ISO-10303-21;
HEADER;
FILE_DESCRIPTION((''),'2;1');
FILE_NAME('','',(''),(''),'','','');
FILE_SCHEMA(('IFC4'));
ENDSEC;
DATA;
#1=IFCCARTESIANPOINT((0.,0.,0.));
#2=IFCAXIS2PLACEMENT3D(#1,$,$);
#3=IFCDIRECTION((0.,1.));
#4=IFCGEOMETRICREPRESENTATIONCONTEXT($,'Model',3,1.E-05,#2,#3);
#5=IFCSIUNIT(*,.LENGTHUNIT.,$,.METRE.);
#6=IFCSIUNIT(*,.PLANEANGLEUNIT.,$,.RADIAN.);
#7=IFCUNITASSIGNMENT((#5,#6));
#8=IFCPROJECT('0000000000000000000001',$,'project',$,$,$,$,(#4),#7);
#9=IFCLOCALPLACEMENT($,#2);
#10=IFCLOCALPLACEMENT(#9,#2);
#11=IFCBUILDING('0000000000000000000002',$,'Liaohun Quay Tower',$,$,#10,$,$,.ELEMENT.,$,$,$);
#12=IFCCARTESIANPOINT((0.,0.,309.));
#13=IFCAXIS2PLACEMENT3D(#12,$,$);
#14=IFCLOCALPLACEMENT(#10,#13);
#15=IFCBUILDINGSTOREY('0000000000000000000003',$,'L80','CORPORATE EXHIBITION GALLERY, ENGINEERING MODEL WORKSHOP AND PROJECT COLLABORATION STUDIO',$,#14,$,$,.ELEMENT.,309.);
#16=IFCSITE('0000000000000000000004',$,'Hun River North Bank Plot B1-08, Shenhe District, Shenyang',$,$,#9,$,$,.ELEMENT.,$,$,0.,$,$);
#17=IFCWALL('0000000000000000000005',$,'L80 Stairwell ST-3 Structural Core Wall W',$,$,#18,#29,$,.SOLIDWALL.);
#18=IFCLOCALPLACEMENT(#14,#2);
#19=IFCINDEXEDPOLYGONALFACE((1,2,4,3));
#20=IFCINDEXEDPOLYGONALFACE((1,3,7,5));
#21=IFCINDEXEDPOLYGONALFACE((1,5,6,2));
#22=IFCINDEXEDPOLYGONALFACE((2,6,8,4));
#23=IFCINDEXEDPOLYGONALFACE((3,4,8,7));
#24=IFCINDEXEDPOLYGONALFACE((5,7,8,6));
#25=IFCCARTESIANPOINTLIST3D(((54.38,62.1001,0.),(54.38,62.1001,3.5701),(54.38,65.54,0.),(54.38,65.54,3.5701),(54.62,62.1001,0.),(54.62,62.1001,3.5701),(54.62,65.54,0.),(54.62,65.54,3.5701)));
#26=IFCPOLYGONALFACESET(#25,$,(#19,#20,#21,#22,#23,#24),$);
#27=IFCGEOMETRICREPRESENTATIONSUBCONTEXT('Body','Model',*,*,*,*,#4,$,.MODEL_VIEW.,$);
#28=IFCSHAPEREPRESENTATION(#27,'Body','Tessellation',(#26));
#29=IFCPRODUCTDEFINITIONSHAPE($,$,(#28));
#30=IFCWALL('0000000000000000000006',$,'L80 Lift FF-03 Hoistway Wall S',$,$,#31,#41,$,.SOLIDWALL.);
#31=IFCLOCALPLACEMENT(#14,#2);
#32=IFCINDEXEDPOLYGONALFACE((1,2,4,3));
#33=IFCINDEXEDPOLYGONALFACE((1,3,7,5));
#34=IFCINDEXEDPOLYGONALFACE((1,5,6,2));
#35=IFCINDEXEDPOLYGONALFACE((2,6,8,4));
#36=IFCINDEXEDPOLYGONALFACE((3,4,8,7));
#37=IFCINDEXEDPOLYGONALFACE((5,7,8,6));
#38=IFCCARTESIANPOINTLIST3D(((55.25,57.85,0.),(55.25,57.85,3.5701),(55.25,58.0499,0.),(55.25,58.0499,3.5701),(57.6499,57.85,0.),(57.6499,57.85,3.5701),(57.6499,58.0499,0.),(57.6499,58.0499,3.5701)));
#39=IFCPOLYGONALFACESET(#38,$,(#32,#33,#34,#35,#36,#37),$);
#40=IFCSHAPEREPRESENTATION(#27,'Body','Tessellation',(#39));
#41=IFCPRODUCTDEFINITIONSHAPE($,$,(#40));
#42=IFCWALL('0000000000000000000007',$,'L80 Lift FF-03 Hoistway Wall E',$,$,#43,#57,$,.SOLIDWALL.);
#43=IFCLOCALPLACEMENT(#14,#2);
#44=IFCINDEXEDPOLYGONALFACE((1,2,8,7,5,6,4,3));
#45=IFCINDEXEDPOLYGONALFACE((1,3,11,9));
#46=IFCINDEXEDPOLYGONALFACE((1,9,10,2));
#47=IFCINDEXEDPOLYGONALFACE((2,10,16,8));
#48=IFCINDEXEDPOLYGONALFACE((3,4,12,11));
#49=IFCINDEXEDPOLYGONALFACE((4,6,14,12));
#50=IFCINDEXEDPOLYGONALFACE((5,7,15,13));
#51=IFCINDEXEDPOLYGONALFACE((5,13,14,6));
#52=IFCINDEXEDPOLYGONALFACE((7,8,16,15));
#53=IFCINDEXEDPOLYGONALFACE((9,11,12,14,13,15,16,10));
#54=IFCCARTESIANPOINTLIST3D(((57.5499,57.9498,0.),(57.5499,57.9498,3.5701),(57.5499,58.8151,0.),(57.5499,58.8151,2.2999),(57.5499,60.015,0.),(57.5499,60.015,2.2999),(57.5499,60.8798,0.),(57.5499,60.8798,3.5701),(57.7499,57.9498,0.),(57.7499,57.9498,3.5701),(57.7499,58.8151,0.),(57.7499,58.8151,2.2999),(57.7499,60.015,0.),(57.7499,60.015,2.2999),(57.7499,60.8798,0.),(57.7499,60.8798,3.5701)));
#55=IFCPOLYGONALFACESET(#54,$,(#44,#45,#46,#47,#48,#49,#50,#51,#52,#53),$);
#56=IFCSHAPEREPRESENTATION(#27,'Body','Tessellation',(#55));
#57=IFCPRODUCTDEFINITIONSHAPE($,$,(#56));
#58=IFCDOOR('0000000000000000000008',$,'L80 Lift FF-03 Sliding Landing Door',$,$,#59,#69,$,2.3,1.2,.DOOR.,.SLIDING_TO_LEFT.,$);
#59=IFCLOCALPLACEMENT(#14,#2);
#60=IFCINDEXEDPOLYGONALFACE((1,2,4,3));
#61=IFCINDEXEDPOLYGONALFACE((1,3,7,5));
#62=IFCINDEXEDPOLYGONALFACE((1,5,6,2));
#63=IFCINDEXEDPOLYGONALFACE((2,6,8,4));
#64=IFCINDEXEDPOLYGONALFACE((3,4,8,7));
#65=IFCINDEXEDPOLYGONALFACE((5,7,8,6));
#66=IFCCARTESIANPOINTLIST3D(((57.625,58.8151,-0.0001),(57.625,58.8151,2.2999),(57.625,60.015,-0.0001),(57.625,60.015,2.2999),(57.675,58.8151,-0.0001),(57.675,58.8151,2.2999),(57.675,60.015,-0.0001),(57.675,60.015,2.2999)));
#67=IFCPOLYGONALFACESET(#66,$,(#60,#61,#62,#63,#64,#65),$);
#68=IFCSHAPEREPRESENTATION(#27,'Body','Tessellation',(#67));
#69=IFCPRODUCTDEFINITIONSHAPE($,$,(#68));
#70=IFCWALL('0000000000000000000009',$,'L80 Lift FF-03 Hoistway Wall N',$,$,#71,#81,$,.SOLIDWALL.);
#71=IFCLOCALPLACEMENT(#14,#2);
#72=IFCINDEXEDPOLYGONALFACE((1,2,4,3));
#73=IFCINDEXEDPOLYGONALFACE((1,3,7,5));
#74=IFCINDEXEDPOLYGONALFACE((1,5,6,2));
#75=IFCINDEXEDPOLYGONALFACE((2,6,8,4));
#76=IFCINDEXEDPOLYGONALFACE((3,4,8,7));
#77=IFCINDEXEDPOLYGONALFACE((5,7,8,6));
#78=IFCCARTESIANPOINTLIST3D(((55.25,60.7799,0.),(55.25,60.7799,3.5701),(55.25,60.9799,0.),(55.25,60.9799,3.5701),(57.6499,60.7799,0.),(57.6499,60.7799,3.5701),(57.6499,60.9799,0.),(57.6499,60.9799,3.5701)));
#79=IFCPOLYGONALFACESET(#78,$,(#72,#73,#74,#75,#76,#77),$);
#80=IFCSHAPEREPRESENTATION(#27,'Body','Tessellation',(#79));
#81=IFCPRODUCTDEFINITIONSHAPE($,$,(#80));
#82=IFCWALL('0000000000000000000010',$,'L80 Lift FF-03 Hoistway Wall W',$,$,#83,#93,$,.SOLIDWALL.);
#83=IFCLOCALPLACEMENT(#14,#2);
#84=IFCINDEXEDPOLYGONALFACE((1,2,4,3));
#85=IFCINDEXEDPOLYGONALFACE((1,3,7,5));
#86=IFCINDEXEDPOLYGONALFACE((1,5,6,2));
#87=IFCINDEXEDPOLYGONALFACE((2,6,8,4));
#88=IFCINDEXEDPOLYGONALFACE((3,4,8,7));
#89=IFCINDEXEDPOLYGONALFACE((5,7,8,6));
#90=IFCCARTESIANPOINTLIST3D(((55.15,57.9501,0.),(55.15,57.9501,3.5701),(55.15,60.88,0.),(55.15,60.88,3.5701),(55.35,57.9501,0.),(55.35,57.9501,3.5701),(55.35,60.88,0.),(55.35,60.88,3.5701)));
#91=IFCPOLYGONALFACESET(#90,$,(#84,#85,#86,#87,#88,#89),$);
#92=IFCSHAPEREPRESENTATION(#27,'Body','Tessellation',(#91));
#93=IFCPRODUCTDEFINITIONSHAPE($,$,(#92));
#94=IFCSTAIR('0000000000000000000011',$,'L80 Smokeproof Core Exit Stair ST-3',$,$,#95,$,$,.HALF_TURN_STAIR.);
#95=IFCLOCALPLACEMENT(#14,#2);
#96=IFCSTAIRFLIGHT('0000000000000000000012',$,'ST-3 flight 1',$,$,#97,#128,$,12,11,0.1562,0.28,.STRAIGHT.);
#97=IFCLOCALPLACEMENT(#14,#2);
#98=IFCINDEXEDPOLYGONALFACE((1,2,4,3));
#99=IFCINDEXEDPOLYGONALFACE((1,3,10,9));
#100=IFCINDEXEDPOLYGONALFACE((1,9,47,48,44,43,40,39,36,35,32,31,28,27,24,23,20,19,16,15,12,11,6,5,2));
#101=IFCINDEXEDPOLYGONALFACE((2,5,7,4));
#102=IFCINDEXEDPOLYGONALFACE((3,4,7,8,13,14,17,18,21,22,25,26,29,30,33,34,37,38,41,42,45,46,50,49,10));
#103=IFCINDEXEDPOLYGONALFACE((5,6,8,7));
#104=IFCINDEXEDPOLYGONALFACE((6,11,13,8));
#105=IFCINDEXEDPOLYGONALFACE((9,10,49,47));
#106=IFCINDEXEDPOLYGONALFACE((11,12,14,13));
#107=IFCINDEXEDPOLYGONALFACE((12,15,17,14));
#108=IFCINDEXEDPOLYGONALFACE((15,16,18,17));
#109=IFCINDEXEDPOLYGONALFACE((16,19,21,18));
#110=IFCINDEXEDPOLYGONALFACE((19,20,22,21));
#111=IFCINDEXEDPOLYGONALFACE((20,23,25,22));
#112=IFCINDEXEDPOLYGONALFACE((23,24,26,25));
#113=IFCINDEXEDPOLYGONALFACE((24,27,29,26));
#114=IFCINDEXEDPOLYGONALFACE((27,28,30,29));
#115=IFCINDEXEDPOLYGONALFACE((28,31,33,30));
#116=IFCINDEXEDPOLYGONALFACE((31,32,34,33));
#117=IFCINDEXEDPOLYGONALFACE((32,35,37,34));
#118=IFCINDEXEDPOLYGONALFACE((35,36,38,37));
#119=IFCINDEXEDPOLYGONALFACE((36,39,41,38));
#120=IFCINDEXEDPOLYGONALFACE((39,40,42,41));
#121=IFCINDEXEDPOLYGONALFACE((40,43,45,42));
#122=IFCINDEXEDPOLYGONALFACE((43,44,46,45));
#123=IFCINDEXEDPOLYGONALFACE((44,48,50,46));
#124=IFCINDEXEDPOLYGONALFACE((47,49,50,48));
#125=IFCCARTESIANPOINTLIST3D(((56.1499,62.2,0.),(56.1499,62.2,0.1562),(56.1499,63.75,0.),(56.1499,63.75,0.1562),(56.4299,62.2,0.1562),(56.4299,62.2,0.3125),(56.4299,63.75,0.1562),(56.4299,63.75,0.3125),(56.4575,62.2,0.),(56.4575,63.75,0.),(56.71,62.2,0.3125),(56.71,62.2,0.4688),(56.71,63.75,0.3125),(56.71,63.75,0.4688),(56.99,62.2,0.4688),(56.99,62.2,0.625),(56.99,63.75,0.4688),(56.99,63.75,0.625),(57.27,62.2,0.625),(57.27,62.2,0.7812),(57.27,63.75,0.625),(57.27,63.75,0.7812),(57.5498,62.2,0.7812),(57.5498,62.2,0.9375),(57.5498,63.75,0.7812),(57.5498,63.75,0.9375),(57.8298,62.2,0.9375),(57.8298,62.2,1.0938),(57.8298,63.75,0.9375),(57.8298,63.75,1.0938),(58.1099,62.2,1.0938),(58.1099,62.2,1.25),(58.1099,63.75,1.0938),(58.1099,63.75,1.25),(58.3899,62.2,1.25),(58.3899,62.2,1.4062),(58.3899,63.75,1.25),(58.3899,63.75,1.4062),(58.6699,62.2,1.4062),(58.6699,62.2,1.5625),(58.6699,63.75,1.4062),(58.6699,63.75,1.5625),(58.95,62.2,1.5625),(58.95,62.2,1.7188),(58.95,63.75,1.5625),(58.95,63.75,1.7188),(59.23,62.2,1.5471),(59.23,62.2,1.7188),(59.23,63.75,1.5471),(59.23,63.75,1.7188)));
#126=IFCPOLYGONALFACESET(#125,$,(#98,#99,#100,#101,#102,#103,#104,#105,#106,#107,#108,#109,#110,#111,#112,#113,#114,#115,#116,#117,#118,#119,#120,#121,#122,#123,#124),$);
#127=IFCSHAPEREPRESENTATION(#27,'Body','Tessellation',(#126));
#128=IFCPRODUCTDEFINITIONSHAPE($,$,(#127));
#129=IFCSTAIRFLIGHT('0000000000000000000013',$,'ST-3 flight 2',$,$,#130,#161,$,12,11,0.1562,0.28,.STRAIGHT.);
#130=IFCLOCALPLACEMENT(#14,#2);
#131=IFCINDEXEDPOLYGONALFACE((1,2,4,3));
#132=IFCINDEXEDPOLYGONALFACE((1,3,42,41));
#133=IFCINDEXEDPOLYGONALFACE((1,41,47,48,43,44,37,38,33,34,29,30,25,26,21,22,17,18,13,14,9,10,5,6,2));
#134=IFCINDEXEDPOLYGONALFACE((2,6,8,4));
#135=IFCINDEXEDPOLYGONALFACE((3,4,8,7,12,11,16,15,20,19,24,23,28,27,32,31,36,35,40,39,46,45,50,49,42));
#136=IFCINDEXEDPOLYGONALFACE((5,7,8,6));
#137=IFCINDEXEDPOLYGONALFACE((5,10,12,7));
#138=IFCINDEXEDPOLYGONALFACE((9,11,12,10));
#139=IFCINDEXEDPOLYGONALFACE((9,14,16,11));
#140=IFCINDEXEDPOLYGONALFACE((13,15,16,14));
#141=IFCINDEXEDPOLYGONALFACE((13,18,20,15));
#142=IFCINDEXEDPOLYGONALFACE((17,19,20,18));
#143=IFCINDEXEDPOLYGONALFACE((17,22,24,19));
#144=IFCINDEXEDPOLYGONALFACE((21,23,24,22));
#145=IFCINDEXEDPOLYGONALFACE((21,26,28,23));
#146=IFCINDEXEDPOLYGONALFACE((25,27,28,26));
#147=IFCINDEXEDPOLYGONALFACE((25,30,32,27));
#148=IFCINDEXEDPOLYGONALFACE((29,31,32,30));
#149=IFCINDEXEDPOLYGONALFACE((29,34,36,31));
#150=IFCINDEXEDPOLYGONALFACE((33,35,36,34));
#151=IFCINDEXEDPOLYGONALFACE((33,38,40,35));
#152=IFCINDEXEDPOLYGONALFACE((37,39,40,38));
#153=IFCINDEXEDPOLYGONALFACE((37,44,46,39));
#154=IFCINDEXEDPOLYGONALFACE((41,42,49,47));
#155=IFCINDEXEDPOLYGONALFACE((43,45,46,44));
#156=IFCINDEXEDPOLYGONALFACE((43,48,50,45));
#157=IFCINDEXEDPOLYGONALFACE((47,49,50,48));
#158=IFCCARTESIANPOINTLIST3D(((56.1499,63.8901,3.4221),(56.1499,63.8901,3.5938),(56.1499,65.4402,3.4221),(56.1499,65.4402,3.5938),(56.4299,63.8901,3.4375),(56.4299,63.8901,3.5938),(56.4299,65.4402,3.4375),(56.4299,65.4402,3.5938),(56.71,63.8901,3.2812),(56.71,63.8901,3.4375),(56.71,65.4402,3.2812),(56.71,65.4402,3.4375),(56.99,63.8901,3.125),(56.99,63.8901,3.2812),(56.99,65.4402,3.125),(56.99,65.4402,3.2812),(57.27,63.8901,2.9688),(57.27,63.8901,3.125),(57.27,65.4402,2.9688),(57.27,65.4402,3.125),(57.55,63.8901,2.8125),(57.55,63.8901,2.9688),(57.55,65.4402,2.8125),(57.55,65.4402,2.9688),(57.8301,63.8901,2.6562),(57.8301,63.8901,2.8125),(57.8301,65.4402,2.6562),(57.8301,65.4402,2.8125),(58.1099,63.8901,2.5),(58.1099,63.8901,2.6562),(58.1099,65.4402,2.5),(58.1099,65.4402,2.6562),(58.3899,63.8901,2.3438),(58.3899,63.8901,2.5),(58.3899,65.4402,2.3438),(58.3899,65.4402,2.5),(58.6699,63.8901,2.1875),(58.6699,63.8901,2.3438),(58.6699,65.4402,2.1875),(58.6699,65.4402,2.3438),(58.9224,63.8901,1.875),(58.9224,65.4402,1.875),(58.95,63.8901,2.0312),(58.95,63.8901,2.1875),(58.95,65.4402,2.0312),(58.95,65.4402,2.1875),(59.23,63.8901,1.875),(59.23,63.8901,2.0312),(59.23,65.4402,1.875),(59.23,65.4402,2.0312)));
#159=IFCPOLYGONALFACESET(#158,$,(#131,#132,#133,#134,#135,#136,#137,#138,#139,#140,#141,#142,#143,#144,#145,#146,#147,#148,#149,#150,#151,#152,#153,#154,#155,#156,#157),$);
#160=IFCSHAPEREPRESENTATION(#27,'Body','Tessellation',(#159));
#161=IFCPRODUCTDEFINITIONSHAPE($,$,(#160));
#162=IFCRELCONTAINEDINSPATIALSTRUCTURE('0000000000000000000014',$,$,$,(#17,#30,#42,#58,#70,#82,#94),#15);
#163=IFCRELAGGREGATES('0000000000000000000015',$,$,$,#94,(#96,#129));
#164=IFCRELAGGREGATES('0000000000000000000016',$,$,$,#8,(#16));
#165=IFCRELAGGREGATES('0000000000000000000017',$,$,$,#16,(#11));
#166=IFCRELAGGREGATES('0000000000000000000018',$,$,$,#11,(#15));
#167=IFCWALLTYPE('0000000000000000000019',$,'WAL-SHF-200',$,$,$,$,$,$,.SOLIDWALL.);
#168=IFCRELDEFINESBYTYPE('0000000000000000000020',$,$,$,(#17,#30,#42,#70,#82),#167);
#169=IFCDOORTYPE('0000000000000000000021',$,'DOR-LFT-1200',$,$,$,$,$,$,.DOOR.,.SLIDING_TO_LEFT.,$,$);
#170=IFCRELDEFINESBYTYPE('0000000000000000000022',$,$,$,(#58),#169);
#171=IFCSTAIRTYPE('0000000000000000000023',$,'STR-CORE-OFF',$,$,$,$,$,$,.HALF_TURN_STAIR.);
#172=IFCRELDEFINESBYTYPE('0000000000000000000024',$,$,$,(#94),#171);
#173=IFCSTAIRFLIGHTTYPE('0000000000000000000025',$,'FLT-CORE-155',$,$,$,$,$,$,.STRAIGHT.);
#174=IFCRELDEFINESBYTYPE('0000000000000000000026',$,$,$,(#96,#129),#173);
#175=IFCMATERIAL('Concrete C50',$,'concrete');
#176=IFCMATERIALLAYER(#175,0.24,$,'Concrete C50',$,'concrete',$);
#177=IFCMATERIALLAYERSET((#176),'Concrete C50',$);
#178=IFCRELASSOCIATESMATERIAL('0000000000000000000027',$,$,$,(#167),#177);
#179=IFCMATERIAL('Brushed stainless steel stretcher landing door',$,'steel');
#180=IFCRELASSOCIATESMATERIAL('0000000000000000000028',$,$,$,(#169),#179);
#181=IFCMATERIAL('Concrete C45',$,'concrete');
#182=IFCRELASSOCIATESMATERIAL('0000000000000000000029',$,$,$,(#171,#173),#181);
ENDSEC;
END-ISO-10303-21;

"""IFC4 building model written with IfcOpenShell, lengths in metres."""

from ifc_helpers import new_model, si_unit, direction, frame, frame_2d, origin, place, context, subcontext, project, spatial, polyline, rectangle, outline, extrude, source, transform, mapped, material, layer, layer_set, type_object, element, fill, aggregate, save


model = new_model("IFC4")

# Units and contexts
model_context = context("Model", 3, precision=1e-05, world=origin(), true_north=direction((0.0, 1.0)))
body_context = subcontext(model_context, "Body", "Model", "MODEL_VIEW")
ifc_project = project(units=[si_unit("LENGTHUNIT", "METRE"), si_unit("PLANEANGLEUNIT", "RADIAN")], contexts=[model_context])

# Site, building, storey
site_placement = place(None, origin())
site = spatial("IfcSite", under=ifc_project, at=site_placement, Name="Hun River North Bank Plot B1-08, Shenhe District, Shenyang", CompositionType="ELEMENT", RefElevation=0.0)
building_placement = place(site_placement, origin())
building = spatial("IfcBuilding", under=site, at=building_placement, Name="Liaohun Quay Tower", CompositionType="ELEMENT")
storey_placement = place(building_placement, frame((0.0, 0.0, 309.0)))
storey = spatial("IfcBuildingStorey", under=building, at=storey_placement, Name="L80", Description="CORPORATE EXHIBITION GALLERY, ENGINEERING MODEL WORKSHOP AND PROJECT COLLABORATION STUDIO", CompositionType="ELEMENT", Elevation=309.0)

# Shared definitions
ifc_material_1 = material(Name="Concrete C50", Category="concrete")

# Walls
ifc_layer_1 = layer(ifc_material_1, 0.24, Name="Concrete C50", Category="concrete")
ifc_layer_set_1 = layer_set([ifc_layer_1], Name="Concrete C50")
wall_type_1 = type_object("IfcWallType", Name="WAL-SHF-200", PredefinedType="SOLIDWALL", material=ifc_layer_set_1)
wall_1_placement = place(storey_placement, frame((54.5, 65.54, 0.0), z_axis=(0.0, 0.0, 1.0), x_axis=(0.0, -1.0, 0.0)))
element("IfcWall", 1, at=wall_1_placement, inside=storey, type_object=wall_type_1, Name="L80 Stairwell ST-3 Structural Core Wall W", PredefinedType="SOLIDWALL", context=body_context, shape_type="SweptSolid", body=[
    extrude(rectangle(XDim=3.4399, YDim=0.24, at=frame_2d((1.72, 0.0))), origin(), (0.0, 0.0, 1.0), 3.5701),
])
wall_2_placement = place(storey_placement, frame((55.25, 57.95, 0.0), z_axis=(0.0, 0.0, 1.0), x_axis=(1.0, 0.0, 0.0)))
element("IfcWall", 2, at=wall_2_placement, inside=storey, type_object=wall_type_1, Name="L80 Lift FF-03 Hoistway Wall S", PredefinedType="SOLIDWALL", context=body_context, shape_type="SweptSolid", body=[
    extrude(rectangle(XDim=2.3999, YDim=0.2, at=frame_2d((1.2, 0.0))), origin(), (0.0, 0.0, 1.0), 3.5701),
])

# Wall, opening, door
wall_3_placement = place(storey_placement, frame((57.6499, 57.95, 0.0), z_axis=(0.0, 0.0, 1.0), x_axis=(0.0, 1.0, 0.0)))
wall_3 = element("IfcWall", 3, at=wall_3_placement, inside=storey, type_object=wall_type_1, Name="L80 Lift FF-03 Hoistway Wall E", PredefinedType="SOLIDWALL", context=body_context, shape_type="SweptSolid", body=[
    extrude(rectangle(XDim=2.9299, YDim=0.2, at=frame_2d((1.4648, 0.0))), origin(), (0.0, 0.0, 1.0), 3.5701),
])
shared_shape_1 = source(origin(), body_context, "Body", "SweptSolid", [
    extrude(rectangle(XDim=1.2, YDim=2.3, at=frame_2d((0.6001, 1.1499))), frame((0.0, 0.1099, 0.0), z_axis=(0.0, -1.0, 0.0), x_axis=(1.0, 0.0, 0.0)), (0.0, 0.0, 1.0), 0.22),
])
opening_1_placement = place(wall_3_placement, frame((0.865, 0.0, 0.0)))
opening_1 = element("IfcOpeningElement", 4, at=opening_1_placement, cuts=wall_3, PredefinedType="OPENING", context=body_context, shape_type="MappedRepresentation", body=[
    mapped(shared_shape_1, transform((0.0, 0.0, 0.0), x_axis=(1.0, 0.0, 0.0), y_axis=(0.0, 1.0, 0.0), z_axis=(0.0, 0.0, 1.0), scale=1.0)),
])
ifc_material_2 = material(Name="Brushed stainless steel stretcher landing door", Category="steel")
door_type_1 = type_object("IfcDoorType", Name="DOR-LFT-1200", OperationType="SLIDING_TO_LEFT", PredefinedType="DOOR", material=ifc_material_2)
shared_shape_2 = source(origin(), body_context, "Body", "SweptSolid", [
    extrude(rectangle(XDim=1.2, YDim=2.3, at=frame_2d((0.6001, 1.1499))), frame((0.0, 0.0249, 0.0), z_axis=(0.0, -1.0, 0.0), x_axis=(1.0, 0.0, 0.0)), (0.0, 0.0, 1.0), 0.05),
])
door_1_placement = place(opening_1_placement, origin())
door_1 = element("IfcDoor", 5, at=door_1_placement, inside=storey, type_object=door_type_1, Name="L80 Lift FF-03 Sliding Landing Door", OperationType="SLIDING_TO_LEFT", OverallHeight=2.3, OverallWidth=1.2, PredefinedType="DOOR", context=body_context, shape_type="MappedRepresentation", body=[
    mapped(shared_shape_2, transform((0.0, 0.0, 0.0), x_axis=(1.0, 0.0, 0.0), y_axis=(0.0, 1.0, 0.0), z_axis=(0.0, 0.0, 1.0), scale=1.0)),
])
fill(opening_1, door_1)

# Walls
wall_4_placement = place(storey_placement, frame((57.6499, 60.8799, 0.0), z_axis=(0.0, 0.0, 1.0), x_axis=(-1.0, 0.0, 0.0)))
element("IfcWall", 6, at=wall_4_placement, inside=storey, type_object=wall_type_1, Name="L80 Lift FF-03 Hoistway Wall N", PredefinedType="SOLIDWALL", context=body_context, shape_type="SweptSolid", body=[
    extrude(rectangle(XDim=2.3999, YDim=0.2, at=frame_2d((1.2, 0.0))), origin(), (0.0, 0.0, 1.0), 3.5701),
])
wall_5_placement = place(storey_placement, frame((55.25, 60.8799, 0.0), z_axis=(0.0, 0.0, 1.0), x_axis=(0.0, -1.0, 0.0)))
element("IfcWall", 7, at=wall_5_placement, inside=storey, type_object=wall_type_1, Name="L80 Lift FF-03 Hoistway Wall W", PredefinedType="SOLIDWALL", context=body_context, shape_type="SweptSolid", body=[
    extrude(rectangle(XDim=2.9299, YDim=0.2, at=frame_2d((1.4648, 0.0))), origin(), (0.0, 0.0, 1.0), 3.5701),
])

# Stair, stair flights
ifc_material_3 = material(Name="Concrete C45", Category="concrete")
stair_type = type_object("IfcStairType", Name="STR-CORE-OFF", PredefinedType="HALF_TURN_STAIR", material=ifc_material_3)
stair_placement = place(storey_placement, origin())
stair = element("IfcStair", 8, at=stair_placement, inside=storey, type_object=stair_type, Name="L80 Smokeproof Core Exit Stair ST-3", PredefinedType="HALF_TURN_STAIR")
stair_flight_type = type_object("IfcStairFlightType", Name="FLT-CORE-155", PredefinedType="STRAIGHT", material=ifc_material_3)
stair_flight_1_placement = place(storey_placement, frame((56.1499, 62.9751, 0.0), z_axis=(0.0, 0.0, 1.0), x_axis=(1.0, 0.0, 0.0)))
stair_flight_1 = element("IfcStairFlight", 9, at=stair_flight_1_placement, type_object=stair_flight_type, Name="ST-3 flight 1", NumberOfRisers=12, NumberOfTreads=11, PredefinedType="STRAIGHT", RiserHeight=0.1562, TreadLength=0.28, context=body_context, shape_type="SweptSolid", body=[
    extrude(outline(polyline([(0.0, 0.0), (0.0, 0.1562), (0.28, 0.1562), (0.28, 0.3125), (0.5601, 0.3125), (0.5601, 0.4688), (0.8401, 0.4688), (0.8401, 0.625), (1.1201, 0.625), (1.1201, 0.7812), (1.3999, 0.7812), (1.3999, 0.9375), (1.6799, 0.9375), (1.6799, 1.0938), (1.96, 1.0938), (1.96, 1.25), (2.24, 1.25), (2.24, 1.4062), (2.52, 1.4062), (2.52, 1.5625), (2.8, 1.5625), (2.8, 1.7188), (3.0801, 1.7188), (3.0801, 1.875), (3.0801, 1.5471), (0.3076, 0.0), (0.0, 0.0)])), frame((0.0, 0.7749, 0.0), z_axis=(0.0, -1.0, 0.0), x_axis=(1.0, 0.0, 0.0)), (0.0, 0.0, 1.0), 1.55),
])
stair_flight_2_placement = place(storey_placement, frame((59.23, 64.665, 1.875), z_axis=(0.0, 0.0, 1.0), x_axis=(-1.0, 0.0, 0.0)))
stair_flight_2 = element("IfcStairFlight", 10, at=stair_flight_2_placement, type_object=stair_flight_type, Name="ST-3 flight 2", NumberOfRisers=12, NumberOfTreads=11, PredefinedType="STRAIGHT", RiserHeight=0.1562, TreadLength=0.28, context=body_context, shape_type="SweptSolid", body=[
    extrude(outline(polyline([(0.0, 0.0), (0.0, 0.1562), (0.28, 0.1562), (0.28, 0.3125), (0.5601, 0.3125), (0.5601, 0.4688), (0.8401, 0.4688), (0.8401, 0.625), (1.1201, 0.625), (1.1201, 0.7812), (1.3999, 0.7812), (1.3999, 0.9375), (1.6799, 0.9375), (1.6799, 1.0938), (1.96, 1.0938), (1.96, 1.25), (2.24, 1.25), (2.24, 1.4062), (2.52, 1.4062), (2.52, 1.5625), (2.8, 1.5625), (2.8, 1.7188), (3.0801, 1.7188), (3.0801, 1.875), (3.0801, 1.5471), (0.3076, 0.0), (0.0, 0.0)])), frame((0.0, 0.7749, 0.0), z_axis=(0.0, -1.0, 0.0), x_axis=(1.0, 0.0, 0.0)), (0.0, 0.0, 1.0), 1.55),
])
aggregate(stair, [stair_flight_1, stair_flight_2])

save(model, "model.ifc")
